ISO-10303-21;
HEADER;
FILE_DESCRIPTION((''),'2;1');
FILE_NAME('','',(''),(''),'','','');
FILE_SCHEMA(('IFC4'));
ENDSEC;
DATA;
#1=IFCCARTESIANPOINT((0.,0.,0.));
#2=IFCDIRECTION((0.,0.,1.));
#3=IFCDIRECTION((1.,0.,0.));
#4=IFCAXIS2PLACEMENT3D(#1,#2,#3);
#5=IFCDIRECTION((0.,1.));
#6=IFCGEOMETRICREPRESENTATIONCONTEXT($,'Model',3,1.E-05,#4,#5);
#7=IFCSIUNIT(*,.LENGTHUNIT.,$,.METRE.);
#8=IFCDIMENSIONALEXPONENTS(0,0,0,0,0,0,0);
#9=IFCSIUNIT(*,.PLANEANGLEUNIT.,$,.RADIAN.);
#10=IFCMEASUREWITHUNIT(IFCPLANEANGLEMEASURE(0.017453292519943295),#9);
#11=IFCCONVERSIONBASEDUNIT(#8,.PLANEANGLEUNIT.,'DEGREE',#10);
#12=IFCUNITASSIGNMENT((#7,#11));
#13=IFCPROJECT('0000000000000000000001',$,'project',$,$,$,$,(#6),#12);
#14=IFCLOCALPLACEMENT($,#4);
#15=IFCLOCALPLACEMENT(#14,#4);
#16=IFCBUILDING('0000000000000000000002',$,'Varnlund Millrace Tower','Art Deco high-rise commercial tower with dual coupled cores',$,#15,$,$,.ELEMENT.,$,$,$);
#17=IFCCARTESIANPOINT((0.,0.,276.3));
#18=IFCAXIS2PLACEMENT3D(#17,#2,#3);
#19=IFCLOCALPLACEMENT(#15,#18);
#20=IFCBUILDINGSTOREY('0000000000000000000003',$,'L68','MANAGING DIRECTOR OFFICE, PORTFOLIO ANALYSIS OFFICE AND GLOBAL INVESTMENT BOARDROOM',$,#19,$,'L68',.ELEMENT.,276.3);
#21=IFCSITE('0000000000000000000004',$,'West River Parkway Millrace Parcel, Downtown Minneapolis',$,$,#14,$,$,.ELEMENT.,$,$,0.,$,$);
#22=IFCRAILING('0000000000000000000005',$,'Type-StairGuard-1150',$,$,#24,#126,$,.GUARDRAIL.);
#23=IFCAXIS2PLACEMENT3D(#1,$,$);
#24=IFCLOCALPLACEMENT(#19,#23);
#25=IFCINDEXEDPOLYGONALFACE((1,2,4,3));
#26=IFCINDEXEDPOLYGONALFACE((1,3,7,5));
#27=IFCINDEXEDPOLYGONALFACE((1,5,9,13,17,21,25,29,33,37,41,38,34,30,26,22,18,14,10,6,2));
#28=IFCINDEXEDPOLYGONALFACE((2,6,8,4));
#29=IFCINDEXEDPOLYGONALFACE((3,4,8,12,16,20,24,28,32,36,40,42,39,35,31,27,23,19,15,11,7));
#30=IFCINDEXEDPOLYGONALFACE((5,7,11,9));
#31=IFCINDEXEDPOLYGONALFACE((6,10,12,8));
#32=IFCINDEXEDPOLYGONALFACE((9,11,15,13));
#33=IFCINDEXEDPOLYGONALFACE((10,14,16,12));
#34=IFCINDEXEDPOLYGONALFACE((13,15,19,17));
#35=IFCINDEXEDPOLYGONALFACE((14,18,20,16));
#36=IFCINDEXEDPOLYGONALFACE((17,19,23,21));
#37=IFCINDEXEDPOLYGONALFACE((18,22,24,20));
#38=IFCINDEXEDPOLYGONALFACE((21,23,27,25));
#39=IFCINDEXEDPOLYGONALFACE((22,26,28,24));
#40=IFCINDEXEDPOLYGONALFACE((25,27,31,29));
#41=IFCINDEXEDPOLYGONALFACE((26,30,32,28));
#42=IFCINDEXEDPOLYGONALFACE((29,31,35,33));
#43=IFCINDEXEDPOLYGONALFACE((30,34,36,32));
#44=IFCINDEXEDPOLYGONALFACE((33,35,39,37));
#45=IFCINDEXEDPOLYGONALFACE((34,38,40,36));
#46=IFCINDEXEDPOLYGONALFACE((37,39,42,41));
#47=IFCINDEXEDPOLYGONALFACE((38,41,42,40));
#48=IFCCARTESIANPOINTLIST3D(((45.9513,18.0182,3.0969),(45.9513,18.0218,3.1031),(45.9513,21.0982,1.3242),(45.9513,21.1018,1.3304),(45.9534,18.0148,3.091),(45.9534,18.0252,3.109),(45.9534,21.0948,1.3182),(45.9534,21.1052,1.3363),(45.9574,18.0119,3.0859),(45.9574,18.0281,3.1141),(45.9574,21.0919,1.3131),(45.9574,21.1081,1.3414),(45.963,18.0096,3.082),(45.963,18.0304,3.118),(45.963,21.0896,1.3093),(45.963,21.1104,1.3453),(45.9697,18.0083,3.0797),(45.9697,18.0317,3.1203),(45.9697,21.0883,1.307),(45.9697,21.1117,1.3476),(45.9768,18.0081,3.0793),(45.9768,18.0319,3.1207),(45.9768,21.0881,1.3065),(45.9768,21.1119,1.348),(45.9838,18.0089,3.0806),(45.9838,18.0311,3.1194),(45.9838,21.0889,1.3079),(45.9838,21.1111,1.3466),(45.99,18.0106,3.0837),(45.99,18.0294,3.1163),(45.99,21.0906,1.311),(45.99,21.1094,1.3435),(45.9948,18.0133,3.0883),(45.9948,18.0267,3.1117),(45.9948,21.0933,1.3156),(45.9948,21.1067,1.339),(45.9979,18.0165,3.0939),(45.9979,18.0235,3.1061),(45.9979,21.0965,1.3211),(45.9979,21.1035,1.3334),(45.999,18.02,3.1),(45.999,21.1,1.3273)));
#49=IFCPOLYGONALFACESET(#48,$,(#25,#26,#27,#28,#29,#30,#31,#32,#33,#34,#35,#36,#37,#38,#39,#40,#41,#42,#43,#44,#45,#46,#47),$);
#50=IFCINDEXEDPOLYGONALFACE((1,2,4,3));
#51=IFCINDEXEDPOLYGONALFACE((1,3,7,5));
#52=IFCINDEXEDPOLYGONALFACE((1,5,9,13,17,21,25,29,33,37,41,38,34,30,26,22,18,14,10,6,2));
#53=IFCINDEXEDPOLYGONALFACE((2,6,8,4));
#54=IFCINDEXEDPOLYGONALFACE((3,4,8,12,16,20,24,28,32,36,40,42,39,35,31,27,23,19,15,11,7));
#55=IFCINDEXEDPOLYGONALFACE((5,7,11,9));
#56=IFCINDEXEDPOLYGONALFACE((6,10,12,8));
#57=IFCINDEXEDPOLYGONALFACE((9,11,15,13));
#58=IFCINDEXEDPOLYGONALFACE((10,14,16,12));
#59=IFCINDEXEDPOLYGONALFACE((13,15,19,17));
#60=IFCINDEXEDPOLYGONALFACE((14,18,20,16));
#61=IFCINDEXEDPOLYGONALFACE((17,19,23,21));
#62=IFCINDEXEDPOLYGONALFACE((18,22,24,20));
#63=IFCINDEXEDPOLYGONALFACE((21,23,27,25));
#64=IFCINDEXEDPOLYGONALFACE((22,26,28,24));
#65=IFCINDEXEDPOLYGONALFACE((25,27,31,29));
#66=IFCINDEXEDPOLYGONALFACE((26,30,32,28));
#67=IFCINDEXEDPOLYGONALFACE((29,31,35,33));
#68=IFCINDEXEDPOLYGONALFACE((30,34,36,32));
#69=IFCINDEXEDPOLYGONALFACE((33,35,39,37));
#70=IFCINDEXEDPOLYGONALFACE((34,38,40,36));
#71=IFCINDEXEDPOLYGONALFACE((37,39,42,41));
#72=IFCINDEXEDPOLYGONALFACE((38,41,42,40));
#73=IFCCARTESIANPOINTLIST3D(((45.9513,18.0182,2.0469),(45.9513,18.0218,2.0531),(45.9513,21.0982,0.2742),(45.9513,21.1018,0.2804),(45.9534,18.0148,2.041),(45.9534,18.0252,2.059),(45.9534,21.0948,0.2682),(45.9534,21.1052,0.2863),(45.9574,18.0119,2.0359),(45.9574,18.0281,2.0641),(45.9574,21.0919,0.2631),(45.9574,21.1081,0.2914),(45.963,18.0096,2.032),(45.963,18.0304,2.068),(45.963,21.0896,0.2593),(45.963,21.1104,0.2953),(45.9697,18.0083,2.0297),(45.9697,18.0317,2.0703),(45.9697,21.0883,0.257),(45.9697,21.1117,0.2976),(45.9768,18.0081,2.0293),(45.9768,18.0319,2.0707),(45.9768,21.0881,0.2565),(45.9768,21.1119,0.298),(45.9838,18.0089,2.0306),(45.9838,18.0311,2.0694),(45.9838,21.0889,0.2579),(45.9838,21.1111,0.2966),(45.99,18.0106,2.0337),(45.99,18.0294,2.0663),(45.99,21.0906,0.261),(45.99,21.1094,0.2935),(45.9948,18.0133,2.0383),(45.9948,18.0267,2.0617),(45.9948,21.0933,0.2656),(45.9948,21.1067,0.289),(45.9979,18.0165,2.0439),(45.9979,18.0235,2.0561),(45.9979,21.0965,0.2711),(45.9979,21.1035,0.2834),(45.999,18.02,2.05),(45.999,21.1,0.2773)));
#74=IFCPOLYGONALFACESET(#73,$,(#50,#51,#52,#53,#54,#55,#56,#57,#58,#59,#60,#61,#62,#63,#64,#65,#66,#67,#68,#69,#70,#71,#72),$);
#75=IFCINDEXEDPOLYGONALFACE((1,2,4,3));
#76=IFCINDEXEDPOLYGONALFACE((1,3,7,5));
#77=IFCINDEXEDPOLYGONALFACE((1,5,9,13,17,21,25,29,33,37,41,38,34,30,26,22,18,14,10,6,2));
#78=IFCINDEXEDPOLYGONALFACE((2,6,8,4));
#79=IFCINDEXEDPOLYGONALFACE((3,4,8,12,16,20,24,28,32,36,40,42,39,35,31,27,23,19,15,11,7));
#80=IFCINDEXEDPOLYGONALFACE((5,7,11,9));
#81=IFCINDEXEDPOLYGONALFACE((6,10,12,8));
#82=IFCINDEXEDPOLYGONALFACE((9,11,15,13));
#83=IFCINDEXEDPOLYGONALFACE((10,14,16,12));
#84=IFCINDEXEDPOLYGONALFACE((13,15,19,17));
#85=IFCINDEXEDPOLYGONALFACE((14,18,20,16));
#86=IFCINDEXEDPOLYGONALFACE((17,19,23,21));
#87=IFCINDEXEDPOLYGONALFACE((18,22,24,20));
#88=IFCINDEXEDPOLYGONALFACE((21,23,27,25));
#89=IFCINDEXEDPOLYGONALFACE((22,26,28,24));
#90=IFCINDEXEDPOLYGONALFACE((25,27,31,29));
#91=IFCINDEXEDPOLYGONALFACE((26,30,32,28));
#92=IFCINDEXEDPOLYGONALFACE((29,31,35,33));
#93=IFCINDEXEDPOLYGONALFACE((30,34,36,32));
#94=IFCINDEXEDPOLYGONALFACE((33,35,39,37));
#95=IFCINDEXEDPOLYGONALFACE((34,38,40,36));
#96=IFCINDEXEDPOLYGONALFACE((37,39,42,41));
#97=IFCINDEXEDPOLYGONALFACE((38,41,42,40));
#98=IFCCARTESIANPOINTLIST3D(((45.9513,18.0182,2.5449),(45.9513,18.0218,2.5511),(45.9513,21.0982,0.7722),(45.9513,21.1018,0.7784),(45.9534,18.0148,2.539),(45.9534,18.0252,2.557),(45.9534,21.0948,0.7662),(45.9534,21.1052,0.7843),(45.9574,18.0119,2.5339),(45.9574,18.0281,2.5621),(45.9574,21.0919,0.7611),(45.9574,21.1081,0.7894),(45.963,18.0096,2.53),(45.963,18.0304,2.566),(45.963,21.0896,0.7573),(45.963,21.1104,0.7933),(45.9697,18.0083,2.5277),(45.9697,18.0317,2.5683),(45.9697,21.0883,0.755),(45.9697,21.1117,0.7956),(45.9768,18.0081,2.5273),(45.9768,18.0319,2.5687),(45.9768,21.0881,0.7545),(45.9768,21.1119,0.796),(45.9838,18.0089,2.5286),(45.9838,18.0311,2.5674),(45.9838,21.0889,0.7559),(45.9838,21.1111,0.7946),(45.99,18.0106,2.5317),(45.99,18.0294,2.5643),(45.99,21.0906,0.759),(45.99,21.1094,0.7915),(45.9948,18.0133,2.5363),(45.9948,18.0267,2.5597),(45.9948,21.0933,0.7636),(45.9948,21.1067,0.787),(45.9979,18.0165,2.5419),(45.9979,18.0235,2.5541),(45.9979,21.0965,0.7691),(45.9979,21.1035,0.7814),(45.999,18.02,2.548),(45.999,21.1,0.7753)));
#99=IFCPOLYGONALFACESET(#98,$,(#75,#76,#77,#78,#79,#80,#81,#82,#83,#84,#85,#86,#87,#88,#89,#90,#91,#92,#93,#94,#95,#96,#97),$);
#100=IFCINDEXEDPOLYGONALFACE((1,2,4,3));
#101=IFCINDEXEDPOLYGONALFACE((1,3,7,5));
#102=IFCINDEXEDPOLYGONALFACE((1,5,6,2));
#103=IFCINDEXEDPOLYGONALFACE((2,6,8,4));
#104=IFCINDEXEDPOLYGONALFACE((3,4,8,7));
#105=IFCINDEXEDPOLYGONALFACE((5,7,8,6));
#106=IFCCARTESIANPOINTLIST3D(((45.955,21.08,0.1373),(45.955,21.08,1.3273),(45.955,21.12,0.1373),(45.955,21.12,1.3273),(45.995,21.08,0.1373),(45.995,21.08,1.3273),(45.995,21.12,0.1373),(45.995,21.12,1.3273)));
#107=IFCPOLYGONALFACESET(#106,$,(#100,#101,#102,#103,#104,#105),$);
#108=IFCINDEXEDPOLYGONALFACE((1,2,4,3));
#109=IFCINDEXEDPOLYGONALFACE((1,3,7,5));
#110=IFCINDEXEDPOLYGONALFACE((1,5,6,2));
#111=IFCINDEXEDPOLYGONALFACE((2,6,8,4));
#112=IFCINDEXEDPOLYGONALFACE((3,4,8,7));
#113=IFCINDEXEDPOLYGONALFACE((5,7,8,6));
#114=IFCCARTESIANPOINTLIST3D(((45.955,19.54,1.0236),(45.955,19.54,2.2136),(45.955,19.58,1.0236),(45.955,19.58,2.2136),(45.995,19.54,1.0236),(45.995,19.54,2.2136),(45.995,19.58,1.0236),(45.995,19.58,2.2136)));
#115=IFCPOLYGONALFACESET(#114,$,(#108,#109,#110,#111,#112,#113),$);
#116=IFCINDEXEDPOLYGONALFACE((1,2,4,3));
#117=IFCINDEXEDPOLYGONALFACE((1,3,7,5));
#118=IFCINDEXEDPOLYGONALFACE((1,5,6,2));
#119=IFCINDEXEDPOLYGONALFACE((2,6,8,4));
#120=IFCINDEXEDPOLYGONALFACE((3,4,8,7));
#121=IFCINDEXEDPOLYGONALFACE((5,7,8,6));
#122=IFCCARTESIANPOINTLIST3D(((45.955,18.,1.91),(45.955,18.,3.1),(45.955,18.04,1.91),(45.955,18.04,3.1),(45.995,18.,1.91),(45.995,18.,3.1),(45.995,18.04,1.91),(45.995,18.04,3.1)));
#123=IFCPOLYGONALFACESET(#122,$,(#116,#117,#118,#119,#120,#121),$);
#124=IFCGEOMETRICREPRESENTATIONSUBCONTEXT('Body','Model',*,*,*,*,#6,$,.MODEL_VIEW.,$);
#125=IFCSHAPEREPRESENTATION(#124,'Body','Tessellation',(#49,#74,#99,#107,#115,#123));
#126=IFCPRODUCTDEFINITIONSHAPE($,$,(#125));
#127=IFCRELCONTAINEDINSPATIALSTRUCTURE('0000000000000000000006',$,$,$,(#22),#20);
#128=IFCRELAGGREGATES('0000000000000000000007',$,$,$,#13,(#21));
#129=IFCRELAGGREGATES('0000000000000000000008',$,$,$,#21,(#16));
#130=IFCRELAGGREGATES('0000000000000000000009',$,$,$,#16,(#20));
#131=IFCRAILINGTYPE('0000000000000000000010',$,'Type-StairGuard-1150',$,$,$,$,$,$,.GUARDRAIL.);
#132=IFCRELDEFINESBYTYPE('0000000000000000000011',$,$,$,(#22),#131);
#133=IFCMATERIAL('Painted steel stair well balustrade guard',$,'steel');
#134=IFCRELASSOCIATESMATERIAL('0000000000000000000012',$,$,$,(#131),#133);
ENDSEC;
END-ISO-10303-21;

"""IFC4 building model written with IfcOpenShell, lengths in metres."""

from ifc_helpers import new_model, entity, si_unit, converted_unit, direction, frame, origin_with_axes, origin_2d_with_axis, place, context, subcontext, project, spatial, rectangle, circle, extrude, material, type_object, element, save


model = new_model("IFC4")

# Units and contexts
model_context = context("Model", 3, precision=1e-05, world=origin_with_axes(), true_north=direction((0.0, 1.0)))
body_context = subcontext(model_context, "Body", "Model", "MODEL_VIEW")
ifc_project = project(units=[si_unit("LENGTHUNIT", "METRE"), converted_unit("PLANEANGLEUNIT", "DEGREE", entity("IfcPlaneAngleMeasure", 0.017453292519943295), si_unit("PLANEANGLEUNIT", "RADIAN"), dimensions=[0, 0, 0, 0, 0, 0, 0])], contexts=[model_context])

# Site, building, storey
site_placement = place(None, origin_with_axes())
site = spatial("IfcSite", under=ifc_project, at=site_placement, Name="West River Parkway Millrace Parcel, Downtown Minneapolis", CompositionType="ELEMENT", RefElevation=0.0)
building_placement = place(site_placement, origin_with_axes())
building = spatial("IfcBuilding", under=site, at=building_placement, Name="Varnlund Millrace Tower", Description="Art Deco high-rise commercial tower with dual coupled cores", CompositionType="ELEMENT")
storey_placement = place(building_placement, frame((0.0, 0.0, 276.3), z_axis=(0.0, 0.0, 1.0), x_axis=(1.0, 0.0, 0.0)))
storey = spatial("IfcBuildingStorey", under=building, at=storey_placement, Name="L68", Description="MANAGING DIRECTOR OFFICE, PORTFOLIO ANALYSIS OFFICE AND GLOBAL INVESTMENT BOARDROOM", LongName="L68", CompositionType="ELEMENT", Elevation=276.3)

# Railing
ifc_material_1 = material(Name="Painted steel stair well balustrade guard", Category="steel")
railing_type_1 = type_object("IfcRailingType", Name="Type-StairGuard-1150", PredefinedType="GUARDRAIL", material=ifc_material_1)
railing_1_placement = place(storey_placement, frame((0.0, 0.0, -276.3), z_axis=(0.0, 0.0, 1.0), x_axis=(1.0, 0.0, 0.0)))
element("IfcRailing", 1, at=railing_1_placement, inside=storey, type_object=railing_type_1, Name="Type-StairGuard-1150", PredefinedType="GUARDRAIL", context=body_context, shape_type="SweptSolid", body=[
    extrude(circle(Radius=0.024, at=origin_2d_with_axis()), frame((45.975, 21.1, 277.6273), z_axis=(0.0, -0.866696, 0.498836), x_axis=(1.0, 0.0, 0.0)), (0.0, 0.0, 1.0), 3.5537),
    extrude(circle(Radius=0.024, at=origin_2d_with_axis()), frame((45.975, 21.1, 276.5773), z_axis=(0.0, -0.866696, 0.498836), x_axis=(1.0, 0.0, 0.0)), (0.0, 0.0, 1.0), 3.5537),
    extrude(circle(Radius=0.024, at=origin_2d_with_axis()), frame((45.975, 21.1, 277.0753), z_axis=(0.0, -0.866696, 0.498836), x_axis=(1.0, 0.0, 0.0)), (0.0, 0.0, 1.0), 3.5537),
    extrude(rectangle(XDim=0.04, YDim=0.04, at=origin_2d_with_axis()), frame((45.975, 21.1, 276.4373), z_axis=(0.0, 0.0, 1.0), x_axis=(1.0, 0.0, 0.0)), (0.0, 0.0, 1.0), 1.19),
    extrude(rectangle(XDim=0.04, YDim=0.04, at=origin_2d_with_axis()), frame((45.975, 19.56, 277.3236), z_axis=(0.0, 0.0, 1.0), x_axis=(1.0, 0.0, 0.0)), (0.0, 0.0, 1.0), 1.19),
    extrude(rectangle(XDim=0.04, YDim=0.04, at=origin_2d_with_axis()), frame((45.975, 18.02, 278.21), z_axis=(0.0, 0.0, 1.0), x_axis=(1.0, 0.0, 0.0)), (0.0, 0.0, 1.0), 1.19),
])

save(model, "model.ifc")
